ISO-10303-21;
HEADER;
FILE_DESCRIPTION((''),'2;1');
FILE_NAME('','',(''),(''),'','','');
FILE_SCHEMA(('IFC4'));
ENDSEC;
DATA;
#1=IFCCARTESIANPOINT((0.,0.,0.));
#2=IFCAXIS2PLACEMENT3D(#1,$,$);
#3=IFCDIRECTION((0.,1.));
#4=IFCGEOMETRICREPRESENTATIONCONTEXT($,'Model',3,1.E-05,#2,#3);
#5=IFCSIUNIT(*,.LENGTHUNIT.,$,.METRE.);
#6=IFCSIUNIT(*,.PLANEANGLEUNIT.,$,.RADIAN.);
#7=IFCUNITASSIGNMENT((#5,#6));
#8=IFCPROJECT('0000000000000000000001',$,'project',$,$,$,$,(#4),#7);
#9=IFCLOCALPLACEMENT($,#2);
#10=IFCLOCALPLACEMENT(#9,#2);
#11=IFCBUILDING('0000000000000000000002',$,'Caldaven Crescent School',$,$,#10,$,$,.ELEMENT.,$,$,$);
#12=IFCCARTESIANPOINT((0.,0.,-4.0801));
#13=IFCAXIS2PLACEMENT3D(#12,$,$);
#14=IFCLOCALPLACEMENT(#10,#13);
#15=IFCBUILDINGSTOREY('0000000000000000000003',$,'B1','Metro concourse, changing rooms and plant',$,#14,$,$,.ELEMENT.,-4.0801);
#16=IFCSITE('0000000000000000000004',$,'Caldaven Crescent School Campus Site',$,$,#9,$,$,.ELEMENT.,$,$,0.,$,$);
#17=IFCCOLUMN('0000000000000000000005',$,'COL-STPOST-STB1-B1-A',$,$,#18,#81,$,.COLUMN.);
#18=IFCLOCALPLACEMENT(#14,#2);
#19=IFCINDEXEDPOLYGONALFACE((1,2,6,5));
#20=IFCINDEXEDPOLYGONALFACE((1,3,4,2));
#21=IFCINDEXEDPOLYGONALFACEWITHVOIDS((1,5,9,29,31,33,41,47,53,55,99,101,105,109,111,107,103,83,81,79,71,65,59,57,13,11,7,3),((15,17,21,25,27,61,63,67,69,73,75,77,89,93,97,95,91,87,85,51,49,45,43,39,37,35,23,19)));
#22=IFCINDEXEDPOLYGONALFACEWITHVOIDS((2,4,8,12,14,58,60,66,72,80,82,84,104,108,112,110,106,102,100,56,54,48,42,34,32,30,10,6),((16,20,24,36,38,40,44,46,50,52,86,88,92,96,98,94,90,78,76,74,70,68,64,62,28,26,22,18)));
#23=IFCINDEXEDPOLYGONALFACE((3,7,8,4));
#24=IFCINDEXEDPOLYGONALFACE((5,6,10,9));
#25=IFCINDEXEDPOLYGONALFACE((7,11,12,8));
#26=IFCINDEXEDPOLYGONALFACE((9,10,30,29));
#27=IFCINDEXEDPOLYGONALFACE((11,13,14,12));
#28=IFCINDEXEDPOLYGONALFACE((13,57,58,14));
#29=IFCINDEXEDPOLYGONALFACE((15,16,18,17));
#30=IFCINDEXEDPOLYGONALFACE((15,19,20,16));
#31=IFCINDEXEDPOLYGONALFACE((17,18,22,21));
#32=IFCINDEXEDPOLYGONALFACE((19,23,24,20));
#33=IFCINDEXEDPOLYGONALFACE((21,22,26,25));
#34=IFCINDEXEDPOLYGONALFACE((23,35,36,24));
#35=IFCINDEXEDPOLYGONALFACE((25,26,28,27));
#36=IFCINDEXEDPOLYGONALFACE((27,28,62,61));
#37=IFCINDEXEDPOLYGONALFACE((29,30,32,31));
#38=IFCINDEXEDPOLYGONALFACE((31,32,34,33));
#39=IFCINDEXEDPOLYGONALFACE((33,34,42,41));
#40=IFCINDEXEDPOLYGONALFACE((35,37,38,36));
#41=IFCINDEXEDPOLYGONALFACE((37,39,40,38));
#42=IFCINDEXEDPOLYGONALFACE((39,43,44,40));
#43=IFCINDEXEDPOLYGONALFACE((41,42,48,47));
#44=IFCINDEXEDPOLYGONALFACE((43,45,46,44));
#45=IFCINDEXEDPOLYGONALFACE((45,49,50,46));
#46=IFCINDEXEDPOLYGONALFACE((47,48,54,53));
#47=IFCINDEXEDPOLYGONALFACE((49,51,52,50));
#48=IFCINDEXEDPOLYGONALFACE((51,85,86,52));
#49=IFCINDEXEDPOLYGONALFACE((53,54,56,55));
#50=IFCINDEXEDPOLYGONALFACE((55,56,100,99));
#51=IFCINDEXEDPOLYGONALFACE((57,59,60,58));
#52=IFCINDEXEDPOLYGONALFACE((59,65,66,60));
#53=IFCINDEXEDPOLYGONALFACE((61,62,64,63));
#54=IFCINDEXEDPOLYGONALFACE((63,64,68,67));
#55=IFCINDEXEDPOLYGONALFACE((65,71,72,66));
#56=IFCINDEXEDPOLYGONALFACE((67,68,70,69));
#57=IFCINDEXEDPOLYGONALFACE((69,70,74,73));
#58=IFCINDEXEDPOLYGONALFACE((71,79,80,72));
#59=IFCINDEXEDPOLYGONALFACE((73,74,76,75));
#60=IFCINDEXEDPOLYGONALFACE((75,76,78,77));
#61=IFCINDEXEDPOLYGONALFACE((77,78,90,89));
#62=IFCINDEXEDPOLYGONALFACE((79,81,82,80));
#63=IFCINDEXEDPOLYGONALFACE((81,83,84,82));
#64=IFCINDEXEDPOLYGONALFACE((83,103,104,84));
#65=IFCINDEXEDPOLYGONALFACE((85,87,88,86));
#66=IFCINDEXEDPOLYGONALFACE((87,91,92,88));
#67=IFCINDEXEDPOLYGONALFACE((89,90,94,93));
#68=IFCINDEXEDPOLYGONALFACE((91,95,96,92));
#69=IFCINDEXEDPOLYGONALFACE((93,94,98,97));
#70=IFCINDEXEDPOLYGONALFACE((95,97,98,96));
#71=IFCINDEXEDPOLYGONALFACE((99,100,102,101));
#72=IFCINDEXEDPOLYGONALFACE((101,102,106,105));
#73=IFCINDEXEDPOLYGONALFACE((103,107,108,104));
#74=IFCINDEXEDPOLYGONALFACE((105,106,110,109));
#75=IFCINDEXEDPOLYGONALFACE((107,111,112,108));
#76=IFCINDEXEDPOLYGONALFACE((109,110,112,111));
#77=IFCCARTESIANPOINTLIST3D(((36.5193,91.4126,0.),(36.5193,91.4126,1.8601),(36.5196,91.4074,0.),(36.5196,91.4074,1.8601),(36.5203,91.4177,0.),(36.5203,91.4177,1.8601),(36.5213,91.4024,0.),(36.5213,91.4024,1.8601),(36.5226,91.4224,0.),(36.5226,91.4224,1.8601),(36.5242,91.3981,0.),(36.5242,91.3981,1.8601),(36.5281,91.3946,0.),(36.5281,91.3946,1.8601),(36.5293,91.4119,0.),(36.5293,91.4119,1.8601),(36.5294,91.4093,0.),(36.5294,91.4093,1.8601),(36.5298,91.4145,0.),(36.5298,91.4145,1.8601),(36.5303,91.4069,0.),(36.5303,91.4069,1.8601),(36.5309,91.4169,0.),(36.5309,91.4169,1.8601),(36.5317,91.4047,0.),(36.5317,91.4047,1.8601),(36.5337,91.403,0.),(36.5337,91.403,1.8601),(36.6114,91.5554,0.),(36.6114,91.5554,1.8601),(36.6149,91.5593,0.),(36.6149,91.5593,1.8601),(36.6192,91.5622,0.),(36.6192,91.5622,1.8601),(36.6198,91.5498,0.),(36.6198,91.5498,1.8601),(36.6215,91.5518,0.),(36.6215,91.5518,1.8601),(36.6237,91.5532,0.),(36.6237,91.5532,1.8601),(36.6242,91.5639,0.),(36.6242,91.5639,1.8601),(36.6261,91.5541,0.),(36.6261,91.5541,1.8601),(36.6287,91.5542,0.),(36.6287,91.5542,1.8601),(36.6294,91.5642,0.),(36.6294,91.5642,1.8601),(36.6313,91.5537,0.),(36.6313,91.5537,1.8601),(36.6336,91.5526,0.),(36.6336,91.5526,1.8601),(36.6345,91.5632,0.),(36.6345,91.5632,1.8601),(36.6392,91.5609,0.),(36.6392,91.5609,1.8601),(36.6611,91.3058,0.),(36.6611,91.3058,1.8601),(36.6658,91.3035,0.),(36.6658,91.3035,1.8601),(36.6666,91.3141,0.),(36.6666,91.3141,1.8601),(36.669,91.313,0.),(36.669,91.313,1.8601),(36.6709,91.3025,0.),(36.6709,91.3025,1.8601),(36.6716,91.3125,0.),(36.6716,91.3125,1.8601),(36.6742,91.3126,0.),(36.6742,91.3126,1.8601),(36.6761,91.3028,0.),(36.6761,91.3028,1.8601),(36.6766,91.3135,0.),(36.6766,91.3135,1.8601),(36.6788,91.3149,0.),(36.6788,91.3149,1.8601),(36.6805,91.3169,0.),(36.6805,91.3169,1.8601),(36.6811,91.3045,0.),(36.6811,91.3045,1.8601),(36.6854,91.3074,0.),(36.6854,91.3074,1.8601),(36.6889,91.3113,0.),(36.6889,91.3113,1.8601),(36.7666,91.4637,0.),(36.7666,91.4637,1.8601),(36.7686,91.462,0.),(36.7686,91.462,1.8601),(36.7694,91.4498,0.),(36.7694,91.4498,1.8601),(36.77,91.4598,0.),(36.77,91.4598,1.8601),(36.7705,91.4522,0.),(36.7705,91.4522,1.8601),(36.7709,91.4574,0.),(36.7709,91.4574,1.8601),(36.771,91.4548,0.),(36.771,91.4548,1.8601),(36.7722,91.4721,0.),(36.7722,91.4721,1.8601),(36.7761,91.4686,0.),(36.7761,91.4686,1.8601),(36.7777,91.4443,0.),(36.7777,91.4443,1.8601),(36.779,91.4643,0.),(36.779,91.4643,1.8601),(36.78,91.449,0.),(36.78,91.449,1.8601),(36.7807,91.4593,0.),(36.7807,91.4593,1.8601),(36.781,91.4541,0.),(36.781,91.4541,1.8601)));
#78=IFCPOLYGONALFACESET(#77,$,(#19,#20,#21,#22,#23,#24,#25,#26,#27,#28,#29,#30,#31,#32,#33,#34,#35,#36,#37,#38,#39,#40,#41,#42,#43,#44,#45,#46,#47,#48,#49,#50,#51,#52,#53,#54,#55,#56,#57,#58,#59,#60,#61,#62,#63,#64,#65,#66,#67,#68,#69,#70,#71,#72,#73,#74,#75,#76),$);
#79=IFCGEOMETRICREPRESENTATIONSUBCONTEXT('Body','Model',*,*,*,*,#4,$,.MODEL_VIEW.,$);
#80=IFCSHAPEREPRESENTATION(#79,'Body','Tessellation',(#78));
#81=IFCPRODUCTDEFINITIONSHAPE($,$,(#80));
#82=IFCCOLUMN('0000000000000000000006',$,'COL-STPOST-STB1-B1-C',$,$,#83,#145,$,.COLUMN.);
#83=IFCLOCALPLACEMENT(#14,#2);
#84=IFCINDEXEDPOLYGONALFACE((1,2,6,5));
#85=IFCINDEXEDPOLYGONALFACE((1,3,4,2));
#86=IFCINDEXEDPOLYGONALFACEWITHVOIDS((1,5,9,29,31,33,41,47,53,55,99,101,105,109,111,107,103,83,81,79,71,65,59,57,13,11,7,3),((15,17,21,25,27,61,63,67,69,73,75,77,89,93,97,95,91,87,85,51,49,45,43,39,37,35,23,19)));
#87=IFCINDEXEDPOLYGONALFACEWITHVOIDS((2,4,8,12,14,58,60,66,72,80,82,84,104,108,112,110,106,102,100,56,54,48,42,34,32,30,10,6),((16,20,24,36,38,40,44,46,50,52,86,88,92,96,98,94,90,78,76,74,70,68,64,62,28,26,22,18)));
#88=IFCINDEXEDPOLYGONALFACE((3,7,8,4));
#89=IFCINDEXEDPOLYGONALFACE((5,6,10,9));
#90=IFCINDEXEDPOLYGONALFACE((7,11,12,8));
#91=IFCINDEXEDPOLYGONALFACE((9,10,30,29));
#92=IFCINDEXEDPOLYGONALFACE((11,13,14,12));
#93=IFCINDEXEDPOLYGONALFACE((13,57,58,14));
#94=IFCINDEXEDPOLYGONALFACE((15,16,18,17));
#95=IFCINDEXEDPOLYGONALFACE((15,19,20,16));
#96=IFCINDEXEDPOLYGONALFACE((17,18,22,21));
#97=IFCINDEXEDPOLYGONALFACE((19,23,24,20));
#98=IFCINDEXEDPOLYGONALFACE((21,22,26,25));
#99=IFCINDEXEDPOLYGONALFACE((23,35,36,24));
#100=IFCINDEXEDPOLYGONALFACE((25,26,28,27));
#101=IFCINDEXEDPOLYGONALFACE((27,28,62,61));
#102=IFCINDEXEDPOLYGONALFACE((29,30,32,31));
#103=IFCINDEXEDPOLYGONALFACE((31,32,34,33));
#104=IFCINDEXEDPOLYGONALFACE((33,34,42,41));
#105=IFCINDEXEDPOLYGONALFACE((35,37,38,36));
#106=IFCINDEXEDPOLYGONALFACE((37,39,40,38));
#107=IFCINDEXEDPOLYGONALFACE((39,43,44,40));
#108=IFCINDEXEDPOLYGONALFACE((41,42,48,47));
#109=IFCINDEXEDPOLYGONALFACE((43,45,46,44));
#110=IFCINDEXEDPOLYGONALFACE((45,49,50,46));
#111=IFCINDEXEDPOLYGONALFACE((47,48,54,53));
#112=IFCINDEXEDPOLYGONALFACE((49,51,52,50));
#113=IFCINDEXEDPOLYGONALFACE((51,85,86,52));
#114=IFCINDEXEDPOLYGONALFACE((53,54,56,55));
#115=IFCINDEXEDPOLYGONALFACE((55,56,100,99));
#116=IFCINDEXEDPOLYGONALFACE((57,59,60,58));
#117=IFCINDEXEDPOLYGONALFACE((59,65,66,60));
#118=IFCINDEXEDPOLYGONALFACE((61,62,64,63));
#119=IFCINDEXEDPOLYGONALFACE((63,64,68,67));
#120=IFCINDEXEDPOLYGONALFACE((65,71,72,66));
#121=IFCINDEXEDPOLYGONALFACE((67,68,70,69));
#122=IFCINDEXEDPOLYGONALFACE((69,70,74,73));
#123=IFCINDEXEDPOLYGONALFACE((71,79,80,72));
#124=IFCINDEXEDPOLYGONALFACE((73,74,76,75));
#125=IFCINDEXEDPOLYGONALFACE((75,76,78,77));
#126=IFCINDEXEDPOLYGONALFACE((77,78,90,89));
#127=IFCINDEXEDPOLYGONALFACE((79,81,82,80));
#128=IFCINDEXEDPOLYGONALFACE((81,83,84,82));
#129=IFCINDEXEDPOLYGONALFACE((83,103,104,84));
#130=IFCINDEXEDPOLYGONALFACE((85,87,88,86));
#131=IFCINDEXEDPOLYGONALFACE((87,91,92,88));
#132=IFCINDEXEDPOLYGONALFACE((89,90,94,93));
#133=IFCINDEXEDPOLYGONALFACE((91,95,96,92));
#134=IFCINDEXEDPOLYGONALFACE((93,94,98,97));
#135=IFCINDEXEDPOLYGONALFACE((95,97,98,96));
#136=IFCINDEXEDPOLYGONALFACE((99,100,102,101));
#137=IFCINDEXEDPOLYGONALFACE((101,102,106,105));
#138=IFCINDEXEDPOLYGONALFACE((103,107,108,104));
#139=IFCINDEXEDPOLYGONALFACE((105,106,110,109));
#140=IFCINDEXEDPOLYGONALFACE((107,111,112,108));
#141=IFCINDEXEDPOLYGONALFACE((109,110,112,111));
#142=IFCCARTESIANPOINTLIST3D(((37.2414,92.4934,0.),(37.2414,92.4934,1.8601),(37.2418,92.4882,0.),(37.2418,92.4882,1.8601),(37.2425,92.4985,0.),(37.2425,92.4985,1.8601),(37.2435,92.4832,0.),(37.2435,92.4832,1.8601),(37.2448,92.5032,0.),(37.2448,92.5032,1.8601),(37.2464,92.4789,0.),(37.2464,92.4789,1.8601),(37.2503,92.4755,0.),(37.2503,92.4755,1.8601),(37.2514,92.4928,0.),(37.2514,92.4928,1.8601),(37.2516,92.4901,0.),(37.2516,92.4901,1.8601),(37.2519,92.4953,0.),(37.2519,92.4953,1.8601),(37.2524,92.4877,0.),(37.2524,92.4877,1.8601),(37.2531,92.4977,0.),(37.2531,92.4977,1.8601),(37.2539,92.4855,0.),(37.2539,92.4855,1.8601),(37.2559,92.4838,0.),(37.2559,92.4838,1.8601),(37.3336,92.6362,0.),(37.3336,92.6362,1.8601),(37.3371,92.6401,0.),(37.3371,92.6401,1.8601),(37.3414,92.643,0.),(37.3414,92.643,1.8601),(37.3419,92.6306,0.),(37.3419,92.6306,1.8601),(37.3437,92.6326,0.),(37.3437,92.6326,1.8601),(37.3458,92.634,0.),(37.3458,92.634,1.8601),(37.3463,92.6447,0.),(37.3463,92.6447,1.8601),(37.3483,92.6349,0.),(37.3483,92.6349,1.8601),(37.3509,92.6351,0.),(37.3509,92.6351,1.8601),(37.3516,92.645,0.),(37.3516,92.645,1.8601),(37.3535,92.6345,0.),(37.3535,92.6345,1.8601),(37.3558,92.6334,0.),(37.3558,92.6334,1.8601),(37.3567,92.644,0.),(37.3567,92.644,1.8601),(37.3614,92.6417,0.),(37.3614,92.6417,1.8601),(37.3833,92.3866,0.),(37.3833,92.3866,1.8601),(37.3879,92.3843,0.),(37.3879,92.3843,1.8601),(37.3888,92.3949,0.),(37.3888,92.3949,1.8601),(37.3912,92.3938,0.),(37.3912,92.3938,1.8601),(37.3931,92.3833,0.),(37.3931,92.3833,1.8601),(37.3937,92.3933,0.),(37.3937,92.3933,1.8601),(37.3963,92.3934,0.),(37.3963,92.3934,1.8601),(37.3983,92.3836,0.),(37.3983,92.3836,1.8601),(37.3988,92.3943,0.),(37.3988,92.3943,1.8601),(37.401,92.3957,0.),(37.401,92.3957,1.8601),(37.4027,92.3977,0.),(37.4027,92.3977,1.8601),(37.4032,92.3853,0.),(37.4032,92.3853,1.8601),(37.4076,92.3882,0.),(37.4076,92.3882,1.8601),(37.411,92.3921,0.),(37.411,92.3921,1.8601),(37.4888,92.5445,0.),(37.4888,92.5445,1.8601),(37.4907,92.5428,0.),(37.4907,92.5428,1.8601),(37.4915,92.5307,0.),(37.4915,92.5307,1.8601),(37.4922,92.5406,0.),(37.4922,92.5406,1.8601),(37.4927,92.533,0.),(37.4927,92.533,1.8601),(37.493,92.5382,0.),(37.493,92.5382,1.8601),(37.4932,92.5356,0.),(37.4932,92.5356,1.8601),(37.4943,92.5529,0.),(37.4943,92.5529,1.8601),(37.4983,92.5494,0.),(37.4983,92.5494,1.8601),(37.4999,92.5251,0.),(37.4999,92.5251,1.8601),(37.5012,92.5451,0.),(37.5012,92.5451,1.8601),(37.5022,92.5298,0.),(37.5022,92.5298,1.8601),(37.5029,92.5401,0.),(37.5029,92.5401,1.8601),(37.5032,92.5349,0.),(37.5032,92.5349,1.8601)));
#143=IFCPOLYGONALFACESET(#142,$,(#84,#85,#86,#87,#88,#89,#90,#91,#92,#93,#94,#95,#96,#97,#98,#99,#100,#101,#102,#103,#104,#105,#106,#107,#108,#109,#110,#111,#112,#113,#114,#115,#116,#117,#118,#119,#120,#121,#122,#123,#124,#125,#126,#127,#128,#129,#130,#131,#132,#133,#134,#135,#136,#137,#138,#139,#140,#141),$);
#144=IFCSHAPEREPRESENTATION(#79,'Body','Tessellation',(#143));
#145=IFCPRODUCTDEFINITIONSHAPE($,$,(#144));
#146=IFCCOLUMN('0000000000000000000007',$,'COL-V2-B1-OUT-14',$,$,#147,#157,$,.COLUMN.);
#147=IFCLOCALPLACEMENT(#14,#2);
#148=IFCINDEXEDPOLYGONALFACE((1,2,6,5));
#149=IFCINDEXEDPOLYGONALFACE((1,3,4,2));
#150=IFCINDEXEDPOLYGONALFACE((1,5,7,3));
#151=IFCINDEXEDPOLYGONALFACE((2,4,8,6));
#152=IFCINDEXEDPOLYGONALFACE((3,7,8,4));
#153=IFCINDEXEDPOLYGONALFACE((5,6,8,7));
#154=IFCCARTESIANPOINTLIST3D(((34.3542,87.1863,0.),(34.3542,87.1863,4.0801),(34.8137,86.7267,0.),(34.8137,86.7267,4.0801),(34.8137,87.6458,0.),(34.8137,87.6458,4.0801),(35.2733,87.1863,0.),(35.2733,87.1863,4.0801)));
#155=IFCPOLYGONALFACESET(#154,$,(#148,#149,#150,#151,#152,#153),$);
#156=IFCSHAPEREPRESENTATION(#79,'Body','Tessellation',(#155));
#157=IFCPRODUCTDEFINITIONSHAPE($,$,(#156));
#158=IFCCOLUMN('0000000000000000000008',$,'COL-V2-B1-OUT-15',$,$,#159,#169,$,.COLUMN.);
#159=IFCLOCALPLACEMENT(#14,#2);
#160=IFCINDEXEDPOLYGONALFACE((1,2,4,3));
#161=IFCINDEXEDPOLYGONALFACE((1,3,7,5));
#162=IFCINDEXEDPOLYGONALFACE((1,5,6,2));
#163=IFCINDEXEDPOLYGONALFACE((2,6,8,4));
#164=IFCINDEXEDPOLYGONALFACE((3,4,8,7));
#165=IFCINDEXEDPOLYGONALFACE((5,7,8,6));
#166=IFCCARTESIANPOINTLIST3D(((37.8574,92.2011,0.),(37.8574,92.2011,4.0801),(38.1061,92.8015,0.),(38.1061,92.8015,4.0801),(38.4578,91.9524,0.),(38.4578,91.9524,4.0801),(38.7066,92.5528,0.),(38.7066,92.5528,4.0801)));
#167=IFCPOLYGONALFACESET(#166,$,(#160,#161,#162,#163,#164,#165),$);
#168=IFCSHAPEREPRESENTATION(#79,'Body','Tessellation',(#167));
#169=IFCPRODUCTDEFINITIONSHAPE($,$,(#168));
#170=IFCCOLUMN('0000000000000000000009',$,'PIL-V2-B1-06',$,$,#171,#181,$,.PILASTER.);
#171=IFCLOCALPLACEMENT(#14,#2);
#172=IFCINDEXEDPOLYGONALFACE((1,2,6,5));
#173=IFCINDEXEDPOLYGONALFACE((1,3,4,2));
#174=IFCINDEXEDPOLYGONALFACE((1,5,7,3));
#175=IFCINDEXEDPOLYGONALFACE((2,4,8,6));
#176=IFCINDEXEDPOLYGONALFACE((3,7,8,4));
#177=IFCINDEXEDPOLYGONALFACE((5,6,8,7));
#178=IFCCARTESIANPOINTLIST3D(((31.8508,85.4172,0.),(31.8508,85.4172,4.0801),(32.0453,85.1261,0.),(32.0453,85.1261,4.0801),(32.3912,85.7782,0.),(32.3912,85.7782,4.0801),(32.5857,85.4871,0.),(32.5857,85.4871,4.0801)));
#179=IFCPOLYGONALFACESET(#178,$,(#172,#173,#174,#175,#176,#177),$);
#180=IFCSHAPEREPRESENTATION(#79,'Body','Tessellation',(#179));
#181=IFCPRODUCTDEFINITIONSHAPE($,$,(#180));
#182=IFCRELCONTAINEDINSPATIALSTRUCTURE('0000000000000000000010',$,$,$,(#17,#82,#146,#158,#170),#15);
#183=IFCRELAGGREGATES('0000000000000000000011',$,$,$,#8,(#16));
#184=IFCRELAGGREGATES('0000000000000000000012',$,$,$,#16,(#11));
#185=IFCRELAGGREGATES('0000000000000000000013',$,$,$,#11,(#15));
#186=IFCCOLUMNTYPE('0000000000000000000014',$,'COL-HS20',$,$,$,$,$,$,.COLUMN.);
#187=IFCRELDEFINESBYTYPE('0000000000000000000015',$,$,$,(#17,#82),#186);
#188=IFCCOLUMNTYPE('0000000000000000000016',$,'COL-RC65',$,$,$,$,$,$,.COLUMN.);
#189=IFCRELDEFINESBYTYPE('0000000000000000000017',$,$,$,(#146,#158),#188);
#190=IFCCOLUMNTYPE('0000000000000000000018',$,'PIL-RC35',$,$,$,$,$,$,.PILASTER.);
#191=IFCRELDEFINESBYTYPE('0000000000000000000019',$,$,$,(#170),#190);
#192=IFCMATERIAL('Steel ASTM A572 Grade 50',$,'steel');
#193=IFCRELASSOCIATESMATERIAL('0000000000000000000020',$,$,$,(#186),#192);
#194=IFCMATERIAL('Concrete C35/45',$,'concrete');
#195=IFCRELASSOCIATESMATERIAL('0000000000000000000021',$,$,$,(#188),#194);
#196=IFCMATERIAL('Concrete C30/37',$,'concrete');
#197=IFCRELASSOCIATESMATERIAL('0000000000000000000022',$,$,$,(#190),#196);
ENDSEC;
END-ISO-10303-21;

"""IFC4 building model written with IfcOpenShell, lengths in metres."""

from ifc_helpers import new_model, si_unit, direction, frame, origin, origin_2d, place, context, subcontext, project, spatial, rectangle, hollow_rectangle, extrude, material, material_profile, profile_set, type_object, element, save


model = new_model("IFC4")

# Units and contexts
model_context = context("Model", 3, precision=1e-05, world=origin(), true_north=direction((0.0, 1.0)))
body_context = subcontext(model_context, "Body", "Model", "MODEL_VIEW")
ifc_project = project(units=[si_unit("LENGTHUNIT", "METRE"), si_unit("PLANEANGLEUNIT", "RADIAN")], contexts=[model_context])

# Site, building, storey
site_placement = place(None, origin())
site = spatial("IfcSite", under=ifc_project, at=site_placement, Name="Caldaven Crescent School Campus Site", CompositionType="ELEMENT", RefElevation=0.0)
building_placement = place(site_placement, origin())
building = spatial("IfcBuilding", under=site, at=building_placement, Name="Caldaven Crescent School", CompositionType="ELEMENT")
storey_placement = place(building_placement, frame((0.0, 0.0, -4.0801)))
storey = spatial("IfcBuildingStorey", under=building, at=storey_placement, Name="B1", Description="Metro concourse, changing rooms and plant", CompositionType="ELEMENT", Elevation=-4.0801)

# Shared definitions
ifc_material_1 = material(Name="Concrete C35/45", Category="concrete")

# Columns
ifc_material_2 = material(Name="Steel ASTM A572 Grade 50", Category="steel")
ifc_material_profile_1 = material_profile(ifc_material_2, hollow_rectangle(XDim=0.2, YDim=0.2, WallThickness=0.01, InnerFilletRadius=0.01, OuterFilletRadius=0.02, at=origin_2d()), Name="HSS 200x200x10")
ifc_profile_set_1 = profile_set([ifc_material_profile_1], Name="Steel ASTM A572 Grade 50")
column_type_1 = type_object("IfcColumnType", Name="COL-HS20", PredefinedType="COLUMN", material=ifc_profile_set_1)
for number, where, z_axis, x_axis, name in (
    (1, (36.6501, 91.4333, 0.0), (0.0, 0.0, 1.0), (0.55557, 0.83147, 0.0), "COL-STPOST-STB1-B1-A"),
    (2, (37.3723, 92.5142, 0.0), (0.0, 0.0, 1.0), (0.55557, 0.83147, 0.0), "COL-STPOST-STB1-B1-C"),
):
    element("IfcColumn", number, at=place(storey_placement, frame(where, z_axis=z_axis, x_axis=x_axis)), inside=storey, type_object=column_type_1, Name=name, PredefinedType="COLUMN", context=body_context, shape_type="SweptSolid", body=[
        extrude(hollow_rectangle(XDim=0.2, YDim=0.2, WallThickness=0.01, InnerFilletRadius=0.01, OuterFilletRadius=0.02, at=origin_2d()), origin(), (0.0, 0.0, 1.0), 1.8601),
    ])
ifc_material_profile_2 = material_profile(ifc_material_1, rectangle(XDim=0.6499, YDim=0.6499, at=origin_2d()), Name="RC 650x650")
ifc_profile_set_2 = profile_set([ifc_material_profile_2], Name="Concrete C35/45")
column_type_2 = type_object("IfcColumnType", Name="COL-RC65", PredefinedType="COLUMN", material=ifc_profile_set_2)
for number, where, z_axis, x_axis, name in (
    (3, (34.8137, 87.1863, 0.0), (0.0, 0.0, 1.0), (0.707107, -0.707107, 0.0), "COL-V2-B1-OUT-14"),
    (4, (38.282, 92.377, 0.0), (0.0, 0.0, 1.0), (0.92388, -0.382683, 0.0), "COL-V2-B1-OUT-15"),
):
    element("IfcColumn", number, at=place(storey_placement, frame(where, z_axis=z_axis, x_axis=x_axis)), inside=storey, type_object=column_type_2, Name=name, PredefinedType="COLUMN", context=body_context, shape_type="SweptSolid", body=[
        extrude(rectangle(XDim=0.6499, YDim=0.6499, at=origin_2d()), origin(), (0.0, 0.0, 1.0), 4.0801),
    ])
ifc_material_3 = material(Name="Concrete C30/37", Category="concrete")
ifc_material_profile_3 = material_profile(ifc_material_3, rectangle(XDim=0.3501, YDim=0.6499, at=origin_2d()), Name="RC 350x650")
ifc_profile_set_3 = profile_set([ifc_material_profile_3], Name="Concrete C30/37")
column_type_3 = type_object("IfcColumnType", Name="PIL-RC35", PredefinedType="PILASTER", material=ifc_profile_set_3)
column_placement = place(storey_placement, frame((32.2183, 85.4521, 0.0), z_axis=(0.0, 0.0, 1.0), x_axis=(0.55557, -0.83147, 0.0)))
element("IfcColumn", 5, at=column_placement, inside=storey, type_object=column_type_3, Name="PIL-V2-B1-06", PredefinedType="PILASTER", context=body_context, shape_type="SweptSolid", body=[
    extrude(rectangle(XDim=0.3501, YDim=0.6499, at=origin_2d()), origin(), (0.0, 0.0, 1.0), 4.0801),
])

save(model, "model.ifc")
